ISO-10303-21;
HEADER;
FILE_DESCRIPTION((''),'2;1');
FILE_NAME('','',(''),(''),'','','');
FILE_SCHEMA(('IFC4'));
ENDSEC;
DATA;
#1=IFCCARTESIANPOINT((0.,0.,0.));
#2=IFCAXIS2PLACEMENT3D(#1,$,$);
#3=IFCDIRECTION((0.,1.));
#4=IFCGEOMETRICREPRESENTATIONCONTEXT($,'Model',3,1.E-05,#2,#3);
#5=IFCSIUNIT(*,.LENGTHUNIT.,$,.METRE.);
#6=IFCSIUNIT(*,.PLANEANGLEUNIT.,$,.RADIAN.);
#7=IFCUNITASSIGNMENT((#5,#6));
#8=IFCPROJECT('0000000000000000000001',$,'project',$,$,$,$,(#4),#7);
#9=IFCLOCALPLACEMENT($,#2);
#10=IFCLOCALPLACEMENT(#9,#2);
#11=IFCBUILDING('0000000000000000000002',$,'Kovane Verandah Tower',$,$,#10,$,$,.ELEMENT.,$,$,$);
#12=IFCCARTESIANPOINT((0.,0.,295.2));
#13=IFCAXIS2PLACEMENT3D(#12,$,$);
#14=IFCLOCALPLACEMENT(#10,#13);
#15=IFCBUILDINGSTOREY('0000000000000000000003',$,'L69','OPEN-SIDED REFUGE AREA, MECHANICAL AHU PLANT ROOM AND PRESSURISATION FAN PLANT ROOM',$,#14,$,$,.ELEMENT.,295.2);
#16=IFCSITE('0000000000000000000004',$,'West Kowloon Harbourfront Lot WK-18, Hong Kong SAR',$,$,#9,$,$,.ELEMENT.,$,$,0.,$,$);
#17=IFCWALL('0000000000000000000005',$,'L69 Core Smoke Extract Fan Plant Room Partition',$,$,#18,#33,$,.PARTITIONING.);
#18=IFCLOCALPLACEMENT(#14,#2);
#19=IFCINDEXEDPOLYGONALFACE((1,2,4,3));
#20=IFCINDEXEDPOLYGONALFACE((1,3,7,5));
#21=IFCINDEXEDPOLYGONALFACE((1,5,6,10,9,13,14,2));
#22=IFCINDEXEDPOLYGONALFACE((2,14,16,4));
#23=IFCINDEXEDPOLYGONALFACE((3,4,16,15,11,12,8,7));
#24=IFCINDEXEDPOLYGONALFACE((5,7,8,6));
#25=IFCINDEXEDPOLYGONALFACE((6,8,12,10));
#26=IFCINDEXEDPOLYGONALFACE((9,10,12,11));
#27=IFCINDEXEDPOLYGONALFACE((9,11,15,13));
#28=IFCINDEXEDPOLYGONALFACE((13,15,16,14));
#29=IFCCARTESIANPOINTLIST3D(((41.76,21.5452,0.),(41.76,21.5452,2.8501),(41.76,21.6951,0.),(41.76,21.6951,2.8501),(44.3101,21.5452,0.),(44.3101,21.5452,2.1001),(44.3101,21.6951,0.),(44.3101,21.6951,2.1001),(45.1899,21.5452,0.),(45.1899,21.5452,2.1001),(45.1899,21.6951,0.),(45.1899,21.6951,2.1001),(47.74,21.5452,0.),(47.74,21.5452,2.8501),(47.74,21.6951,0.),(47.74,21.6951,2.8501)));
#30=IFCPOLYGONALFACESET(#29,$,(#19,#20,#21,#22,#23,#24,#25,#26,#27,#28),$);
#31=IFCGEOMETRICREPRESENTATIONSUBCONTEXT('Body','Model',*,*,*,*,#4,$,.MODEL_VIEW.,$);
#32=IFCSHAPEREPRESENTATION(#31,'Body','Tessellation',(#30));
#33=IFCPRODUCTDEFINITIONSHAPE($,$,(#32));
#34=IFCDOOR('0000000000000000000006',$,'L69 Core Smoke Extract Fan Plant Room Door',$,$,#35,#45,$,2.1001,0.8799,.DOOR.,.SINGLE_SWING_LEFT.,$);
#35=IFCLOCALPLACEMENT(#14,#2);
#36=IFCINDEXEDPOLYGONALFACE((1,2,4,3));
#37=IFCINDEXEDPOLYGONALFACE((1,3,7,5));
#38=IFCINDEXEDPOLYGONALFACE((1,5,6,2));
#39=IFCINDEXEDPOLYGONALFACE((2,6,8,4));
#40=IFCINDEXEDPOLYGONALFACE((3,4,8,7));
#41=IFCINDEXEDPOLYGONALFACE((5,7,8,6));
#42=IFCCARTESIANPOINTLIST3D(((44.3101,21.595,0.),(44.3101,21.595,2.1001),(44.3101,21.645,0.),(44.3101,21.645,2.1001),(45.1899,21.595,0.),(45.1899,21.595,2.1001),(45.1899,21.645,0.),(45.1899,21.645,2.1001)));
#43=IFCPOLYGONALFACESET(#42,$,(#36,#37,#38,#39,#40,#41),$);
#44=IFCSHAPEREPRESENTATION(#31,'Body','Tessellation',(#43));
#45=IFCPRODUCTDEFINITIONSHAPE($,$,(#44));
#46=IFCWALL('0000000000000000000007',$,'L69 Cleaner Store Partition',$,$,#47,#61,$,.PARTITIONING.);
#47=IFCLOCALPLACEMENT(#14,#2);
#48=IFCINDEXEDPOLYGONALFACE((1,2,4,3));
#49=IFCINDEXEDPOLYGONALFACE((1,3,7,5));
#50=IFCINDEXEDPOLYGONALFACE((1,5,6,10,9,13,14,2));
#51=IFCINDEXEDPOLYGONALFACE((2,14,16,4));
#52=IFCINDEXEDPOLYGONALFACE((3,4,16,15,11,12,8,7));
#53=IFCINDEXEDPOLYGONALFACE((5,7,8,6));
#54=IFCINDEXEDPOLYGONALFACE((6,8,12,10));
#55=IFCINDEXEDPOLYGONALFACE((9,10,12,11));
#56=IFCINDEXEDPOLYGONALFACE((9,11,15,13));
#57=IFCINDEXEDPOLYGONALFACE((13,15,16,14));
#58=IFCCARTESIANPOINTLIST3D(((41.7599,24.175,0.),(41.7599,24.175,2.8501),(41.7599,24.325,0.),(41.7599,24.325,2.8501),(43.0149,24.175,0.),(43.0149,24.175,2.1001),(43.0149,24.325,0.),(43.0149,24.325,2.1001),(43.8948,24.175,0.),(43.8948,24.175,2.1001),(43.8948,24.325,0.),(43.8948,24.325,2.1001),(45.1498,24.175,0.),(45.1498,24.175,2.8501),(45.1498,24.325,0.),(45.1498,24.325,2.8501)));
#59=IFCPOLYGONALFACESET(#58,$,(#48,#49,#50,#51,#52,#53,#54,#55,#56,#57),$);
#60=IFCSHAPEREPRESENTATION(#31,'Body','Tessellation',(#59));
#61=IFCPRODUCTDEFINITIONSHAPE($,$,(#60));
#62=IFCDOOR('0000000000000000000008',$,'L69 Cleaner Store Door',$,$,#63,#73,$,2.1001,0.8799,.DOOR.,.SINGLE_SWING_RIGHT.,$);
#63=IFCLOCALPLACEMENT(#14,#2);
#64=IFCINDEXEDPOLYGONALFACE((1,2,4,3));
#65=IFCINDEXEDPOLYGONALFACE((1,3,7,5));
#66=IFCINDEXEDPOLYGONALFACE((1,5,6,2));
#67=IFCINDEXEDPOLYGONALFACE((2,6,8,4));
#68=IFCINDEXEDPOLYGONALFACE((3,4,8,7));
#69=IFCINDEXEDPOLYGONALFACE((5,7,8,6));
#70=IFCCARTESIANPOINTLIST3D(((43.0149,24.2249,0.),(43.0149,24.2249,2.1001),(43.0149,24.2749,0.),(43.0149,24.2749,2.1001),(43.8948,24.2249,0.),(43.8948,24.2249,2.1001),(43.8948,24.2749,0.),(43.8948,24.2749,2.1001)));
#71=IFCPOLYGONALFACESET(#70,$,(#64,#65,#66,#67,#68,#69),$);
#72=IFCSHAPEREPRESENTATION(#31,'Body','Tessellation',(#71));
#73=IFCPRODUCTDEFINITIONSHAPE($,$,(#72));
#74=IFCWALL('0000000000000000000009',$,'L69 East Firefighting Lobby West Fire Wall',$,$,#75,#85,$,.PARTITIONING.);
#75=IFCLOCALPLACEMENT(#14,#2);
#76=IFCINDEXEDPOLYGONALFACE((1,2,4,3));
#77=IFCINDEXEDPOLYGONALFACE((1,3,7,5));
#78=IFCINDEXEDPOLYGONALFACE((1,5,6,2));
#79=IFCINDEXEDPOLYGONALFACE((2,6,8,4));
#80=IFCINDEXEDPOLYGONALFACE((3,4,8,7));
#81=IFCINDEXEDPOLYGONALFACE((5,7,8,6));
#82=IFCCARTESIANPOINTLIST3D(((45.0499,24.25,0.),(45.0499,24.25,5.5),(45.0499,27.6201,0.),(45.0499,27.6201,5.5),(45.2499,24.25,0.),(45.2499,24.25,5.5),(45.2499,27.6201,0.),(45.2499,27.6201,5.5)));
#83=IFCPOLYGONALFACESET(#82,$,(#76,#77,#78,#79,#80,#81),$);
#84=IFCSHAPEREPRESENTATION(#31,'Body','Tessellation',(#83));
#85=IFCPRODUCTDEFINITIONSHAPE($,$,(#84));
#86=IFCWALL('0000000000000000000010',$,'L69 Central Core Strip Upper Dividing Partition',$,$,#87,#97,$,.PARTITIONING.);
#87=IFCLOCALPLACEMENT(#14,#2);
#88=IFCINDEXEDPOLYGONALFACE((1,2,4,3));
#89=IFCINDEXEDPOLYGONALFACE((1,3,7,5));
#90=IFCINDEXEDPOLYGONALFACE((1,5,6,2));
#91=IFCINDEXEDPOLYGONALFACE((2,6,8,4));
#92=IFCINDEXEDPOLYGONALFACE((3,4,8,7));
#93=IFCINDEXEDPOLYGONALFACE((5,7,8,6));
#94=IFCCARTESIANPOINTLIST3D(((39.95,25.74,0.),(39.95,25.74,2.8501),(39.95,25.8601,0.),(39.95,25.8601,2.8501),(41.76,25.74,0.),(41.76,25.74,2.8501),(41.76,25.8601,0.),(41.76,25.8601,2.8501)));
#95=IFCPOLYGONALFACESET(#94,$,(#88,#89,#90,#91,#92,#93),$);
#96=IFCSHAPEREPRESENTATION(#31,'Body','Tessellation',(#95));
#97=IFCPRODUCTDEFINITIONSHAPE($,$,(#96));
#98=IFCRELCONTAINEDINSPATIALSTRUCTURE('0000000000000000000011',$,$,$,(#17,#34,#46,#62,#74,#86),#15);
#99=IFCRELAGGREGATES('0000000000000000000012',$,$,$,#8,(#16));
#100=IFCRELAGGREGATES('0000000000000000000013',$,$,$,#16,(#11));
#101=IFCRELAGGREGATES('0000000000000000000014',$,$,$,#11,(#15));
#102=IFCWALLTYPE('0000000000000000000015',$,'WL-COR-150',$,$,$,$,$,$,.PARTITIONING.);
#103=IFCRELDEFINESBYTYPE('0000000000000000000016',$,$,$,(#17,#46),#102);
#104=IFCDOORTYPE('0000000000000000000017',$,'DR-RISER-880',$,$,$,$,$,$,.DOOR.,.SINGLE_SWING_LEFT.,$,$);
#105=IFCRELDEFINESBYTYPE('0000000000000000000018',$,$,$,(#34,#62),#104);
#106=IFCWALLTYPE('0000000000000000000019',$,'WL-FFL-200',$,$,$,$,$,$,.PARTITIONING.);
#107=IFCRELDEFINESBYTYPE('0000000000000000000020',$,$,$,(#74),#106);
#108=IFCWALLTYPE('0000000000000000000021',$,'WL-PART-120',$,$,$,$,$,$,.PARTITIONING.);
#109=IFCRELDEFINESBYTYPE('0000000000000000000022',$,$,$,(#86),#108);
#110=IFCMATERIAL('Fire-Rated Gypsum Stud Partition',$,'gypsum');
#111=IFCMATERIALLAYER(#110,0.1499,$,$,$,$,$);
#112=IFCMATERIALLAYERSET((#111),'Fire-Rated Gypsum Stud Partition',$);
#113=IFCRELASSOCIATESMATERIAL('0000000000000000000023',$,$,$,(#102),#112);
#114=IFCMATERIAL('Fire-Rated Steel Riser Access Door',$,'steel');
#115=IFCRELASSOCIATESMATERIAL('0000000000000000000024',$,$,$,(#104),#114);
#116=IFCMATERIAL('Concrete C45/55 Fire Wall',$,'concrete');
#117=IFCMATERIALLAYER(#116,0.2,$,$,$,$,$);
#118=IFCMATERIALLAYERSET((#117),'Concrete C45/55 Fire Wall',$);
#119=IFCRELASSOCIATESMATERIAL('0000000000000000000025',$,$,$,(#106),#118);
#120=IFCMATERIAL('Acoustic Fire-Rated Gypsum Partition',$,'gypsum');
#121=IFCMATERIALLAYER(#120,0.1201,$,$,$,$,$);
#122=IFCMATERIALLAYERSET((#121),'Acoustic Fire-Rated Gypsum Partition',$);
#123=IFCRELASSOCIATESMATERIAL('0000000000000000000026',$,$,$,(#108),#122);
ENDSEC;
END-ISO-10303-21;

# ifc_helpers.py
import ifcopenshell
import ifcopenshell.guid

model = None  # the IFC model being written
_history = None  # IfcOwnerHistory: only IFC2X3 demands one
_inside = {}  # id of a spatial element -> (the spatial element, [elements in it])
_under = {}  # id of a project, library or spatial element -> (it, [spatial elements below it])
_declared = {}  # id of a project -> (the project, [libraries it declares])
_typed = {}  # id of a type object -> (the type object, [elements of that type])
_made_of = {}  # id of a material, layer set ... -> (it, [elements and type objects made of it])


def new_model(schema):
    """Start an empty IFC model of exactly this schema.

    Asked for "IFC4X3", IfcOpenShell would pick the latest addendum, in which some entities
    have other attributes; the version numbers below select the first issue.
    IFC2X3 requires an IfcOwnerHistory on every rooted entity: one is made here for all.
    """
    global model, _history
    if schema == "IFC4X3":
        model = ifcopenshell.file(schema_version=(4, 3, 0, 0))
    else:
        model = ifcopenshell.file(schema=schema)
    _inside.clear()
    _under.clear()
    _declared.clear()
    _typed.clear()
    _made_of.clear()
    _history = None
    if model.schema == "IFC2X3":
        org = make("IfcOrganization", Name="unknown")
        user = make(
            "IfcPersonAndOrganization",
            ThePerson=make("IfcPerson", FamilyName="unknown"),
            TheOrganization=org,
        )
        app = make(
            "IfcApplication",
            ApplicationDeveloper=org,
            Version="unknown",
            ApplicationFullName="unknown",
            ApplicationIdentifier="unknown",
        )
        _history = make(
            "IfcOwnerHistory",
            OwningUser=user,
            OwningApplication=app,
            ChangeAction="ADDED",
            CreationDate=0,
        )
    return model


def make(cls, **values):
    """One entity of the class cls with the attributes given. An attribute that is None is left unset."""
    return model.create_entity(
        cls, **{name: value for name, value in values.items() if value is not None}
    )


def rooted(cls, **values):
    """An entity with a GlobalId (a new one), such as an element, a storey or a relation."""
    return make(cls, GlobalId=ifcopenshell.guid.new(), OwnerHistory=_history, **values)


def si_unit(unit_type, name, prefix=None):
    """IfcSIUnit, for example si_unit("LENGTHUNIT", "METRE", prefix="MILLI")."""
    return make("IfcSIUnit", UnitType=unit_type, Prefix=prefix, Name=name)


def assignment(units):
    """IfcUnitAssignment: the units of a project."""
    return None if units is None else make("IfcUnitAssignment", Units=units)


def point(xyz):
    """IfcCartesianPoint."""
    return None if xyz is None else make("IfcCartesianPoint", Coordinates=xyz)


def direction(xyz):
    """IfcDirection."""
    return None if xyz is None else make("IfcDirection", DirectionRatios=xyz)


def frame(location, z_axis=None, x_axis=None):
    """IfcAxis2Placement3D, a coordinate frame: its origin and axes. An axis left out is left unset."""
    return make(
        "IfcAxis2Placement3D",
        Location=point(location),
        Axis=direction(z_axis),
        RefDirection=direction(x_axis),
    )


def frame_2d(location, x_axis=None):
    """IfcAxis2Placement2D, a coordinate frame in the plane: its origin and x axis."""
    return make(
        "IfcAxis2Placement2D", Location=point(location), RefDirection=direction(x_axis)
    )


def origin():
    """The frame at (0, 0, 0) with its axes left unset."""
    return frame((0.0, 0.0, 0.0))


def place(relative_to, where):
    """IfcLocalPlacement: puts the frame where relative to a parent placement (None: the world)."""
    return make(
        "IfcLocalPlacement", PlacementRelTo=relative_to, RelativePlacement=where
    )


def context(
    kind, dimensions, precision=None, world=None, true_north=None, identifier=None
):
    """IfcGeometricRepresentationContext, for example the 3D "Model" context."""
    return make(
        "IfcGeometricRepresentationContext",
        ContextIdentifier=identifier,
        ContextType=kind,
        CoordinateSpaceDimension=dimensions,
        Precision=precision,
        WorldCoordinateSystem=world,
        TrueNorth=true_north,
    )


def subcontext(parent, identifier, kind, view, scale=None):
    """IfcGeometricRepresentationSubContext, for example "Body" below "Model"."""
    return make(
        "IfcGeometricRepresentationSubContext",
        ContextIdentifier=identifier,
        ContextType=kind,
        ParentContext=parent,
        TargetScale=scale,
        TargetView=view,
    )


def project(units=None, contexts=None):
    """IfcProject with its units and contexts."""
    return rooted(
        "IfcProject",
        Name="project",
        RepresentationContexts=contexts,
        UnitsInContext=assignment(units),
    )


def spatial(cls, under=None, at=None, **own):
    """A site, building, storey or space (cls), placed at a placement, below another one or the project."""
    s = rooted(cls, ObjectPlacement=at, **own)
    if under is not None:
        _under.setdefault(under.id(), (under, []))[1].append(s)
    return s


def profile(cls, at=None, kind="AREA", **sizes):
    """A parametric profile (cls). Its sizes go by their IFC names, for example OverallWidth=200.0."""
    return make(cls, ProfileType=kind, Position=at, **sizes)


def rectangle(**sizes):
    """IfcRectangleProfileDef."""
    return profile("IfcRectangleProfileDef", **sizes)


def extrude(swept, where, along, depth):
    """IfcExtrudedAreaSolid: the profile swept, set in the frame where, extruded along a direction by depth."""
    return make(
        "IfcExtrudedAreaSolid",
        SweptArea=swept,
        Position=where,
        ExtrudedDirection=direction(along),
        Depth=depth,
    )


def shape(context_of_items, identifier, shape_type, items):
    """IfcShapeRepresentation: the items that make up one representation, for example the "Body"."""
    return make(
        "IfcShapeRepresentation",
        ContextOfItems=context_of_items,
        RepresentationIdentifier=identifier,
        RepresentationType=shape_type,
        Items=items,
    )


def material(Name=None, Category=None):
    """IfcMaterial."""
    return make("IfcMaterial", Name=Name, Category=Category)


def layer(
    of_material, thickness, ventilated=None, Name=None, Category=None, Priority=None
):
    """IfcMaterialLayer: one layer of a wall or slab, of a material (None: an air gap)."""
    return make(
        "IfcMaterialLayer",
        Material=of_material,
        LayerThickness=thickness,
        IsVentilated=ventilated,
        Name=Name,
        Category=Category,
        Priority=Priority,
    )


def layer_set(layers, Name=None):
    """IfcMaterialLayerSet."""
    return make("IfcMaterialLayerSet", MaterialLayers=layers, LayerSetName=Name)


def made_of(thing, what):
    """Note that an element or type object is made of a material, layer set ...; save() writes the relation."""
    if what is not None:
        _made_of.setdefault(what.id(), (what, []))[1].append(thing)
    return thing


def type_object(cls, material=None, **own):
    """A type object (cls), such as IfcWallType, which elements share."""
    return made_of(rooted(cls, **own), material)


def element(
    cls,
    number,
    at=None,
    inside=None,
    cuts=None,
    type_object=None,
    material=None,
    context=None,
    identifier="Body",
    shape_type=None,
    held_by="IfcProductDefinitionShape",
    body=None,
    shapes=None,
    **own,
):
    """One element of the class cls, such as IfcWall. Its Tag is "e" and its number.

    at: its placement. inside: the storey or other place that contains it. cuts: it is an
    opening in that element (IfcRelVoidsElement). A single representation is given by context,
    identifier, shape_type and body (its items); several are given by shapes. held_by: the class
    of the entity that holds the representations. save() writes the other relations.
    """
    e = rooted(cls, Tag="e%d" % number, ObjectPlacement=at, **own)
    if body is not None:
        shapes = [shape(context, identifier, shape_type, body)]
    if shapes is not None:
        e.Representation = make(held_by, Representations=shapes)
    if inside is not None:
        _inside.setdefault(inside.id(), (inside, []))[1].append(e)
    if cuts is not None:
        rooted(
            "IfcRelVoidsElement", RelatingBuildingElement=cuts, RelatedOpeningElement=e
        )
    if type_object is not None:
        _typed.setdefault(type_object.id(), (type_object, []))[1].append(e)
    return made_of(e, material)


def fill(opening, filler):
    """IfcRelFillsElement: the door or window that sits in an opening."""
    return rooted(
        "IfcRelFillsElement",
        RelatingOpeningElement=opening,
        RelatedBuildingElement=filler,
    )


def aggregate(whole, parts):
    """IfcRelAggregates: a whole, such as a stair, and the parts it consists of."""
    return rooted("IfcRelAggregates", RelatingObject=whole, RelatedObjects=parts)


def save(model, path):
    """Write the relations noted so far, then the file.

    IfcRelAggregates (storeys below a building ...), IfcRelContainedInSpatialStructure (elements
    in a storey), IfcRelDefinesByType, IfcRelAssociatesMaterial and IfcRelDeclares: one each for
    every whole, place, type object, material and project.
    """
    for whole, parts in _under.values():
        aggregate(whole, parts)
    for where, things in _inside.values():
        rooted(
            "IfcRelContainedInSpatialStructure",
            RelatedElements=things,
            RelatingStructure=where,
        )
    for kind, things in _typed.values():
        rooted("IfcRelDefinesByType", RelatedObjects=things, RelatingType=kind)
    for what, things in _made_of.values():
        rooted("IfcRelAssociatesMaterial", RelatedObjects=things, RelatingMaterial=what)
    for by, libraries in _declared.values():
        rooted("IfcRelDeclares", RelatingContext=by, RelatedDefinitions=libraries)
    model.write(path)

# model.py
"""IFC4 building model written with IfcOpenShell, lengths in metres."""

from ifc_helpers import new_model, si_unit, direction, frame, frame_2d, origin, place, context, subcontext, project, spatial, rectangle, extrude, material, layer, layer_set, type_object, element, fill, save


model = new_model("IFC4")

# Units and contexts
model_context = context("Model", 3, precision=1e-05, world=origin(), true_north=direction((0.0, 1.0)))
body_context = subcontext(model_context, "Body", "Model", "MODEL_VIEW")
ifc_project = project(units=[si_unit("LENGTHUNIT", "METRE"), si_unit("PLANEANGLEUNIT", "RADIAN")], contexts=[model_context])

# Site, building, storey
site_placement = place(None, origin())
site = spatial("IfcSite", under=ifc_project, at=site_placement, Name="West Kowloon Harbourfront Lot WK-18, Hong Kong SAR", CompositionType="ELEMENT", RefElevation=0.0)
building_placement = place(site_placement, origin())
building = spatial("IfcBuilding", under=site, at=building_placement, Name="Kovane Verandah Tower", CompositionType="ELEMENT")
storey_placement = place(building_placement, frame((0.0, 0.0, 295.2)))
storey = spatial("IfcBuildingStorey", under=building, at=storey_placement, Name="L69", Description="OPEN-SIDED REFUGE AREA, MECHANICAL AHU PLANT ROOM AND PRESSURISATION FAN PLANT ROOM", CompositionType="ELEMENT", Elevation=295.2)

# Shared definitions
ifc_material_1 = material(Name="Fire-Rated Gypsum Stud Partition", Category="gypsum")
ifc_layer_1 = layer(ifc_material_1, 0.1499)
ifc_layer_set_1 = layer_set([ifc_layer_1], Name="Fire-Rated Gypsum Stud Partition")
wall_type_1 = type_object("IfcWallType", Name="WL-COR-150", PredefinedType="PARTITIONING", material=ifc_layer_set_1)

# Walls, openings, doors
wall_1_placement = place(storey_placement, frame((41.76, 21.6201, 0.0), z_axis=(0.0, 0.0, 1.0), x_axis=(1.0, 0.0, 0.0)))
wall_1 = element("IfcWall", 1, at=wall_1_placement, inside=storey, type_object=wall_type_1, Name="L69 Core Smoke Extract Fan Plant Room Partition", PredefinedType="PARTITIONING", context=body_context, shape_type="SweptSolid", body=[
    extrude(rectangle(XDim=5.98, YDim=0.1499, at=frame_2d((2.99, 0.0))), origin(), (0.0, 0.0, 1.0), 2.8501),
])
opening_1_placement = place(wall_1_placement, frame((2.55, 0.0, 0.0)))
opening_1 = element("IfcOpeningElement", 2, at=opening_1_placement, cuts=wall_1, PredefinedType="OPENING", context=body_context, shape_type="SweptSolid", body=[
    extrude(rectangle(XDim=0.8799, YDim=2.1001, at=frame_2d((0.4399, 1.05))), frame((0.0, 0.075, 0.0), z_axis=(0.0, -1.0, 0.0), x_axis=(1.0, 0.0, 0.0)), (0.0, 0.0, 1.0), 0.1499),
])
ifc_material_2 = material(Name="Fire-Rated Steel Riser Access Door", Category="steel")
door_type_1 = type_object("IfcDoorType", Name="DR-RISER-880", OperationType="SINGLE_SWING_LEFT", PredefinedType="DOOR", material=ifc_material_2)
door_1_placement = place(opening_1_placement, origin())
door_1 = element("IfcDoor", 3, at=door_1_placement, inside=storey, type_object=door_type_1, Name="L69 Core Smoke Extract Fan Plant Room Door", OperationType="SINGLE_SWING_LEFT", OverallHeight=2.1001, OverallWidth=0.8799, PredefinedType="DOOR", context=body_context, shape_type="SweptSolid", body=[
    extrude(rectangle(XDim=0.8799, YDim=2.1001, at=frame_2d((0.4399, 1.05))), frame((0.0, 0.0249, 0.0), z_axis=(0.0, -1.0, 0.0), x_axis=(1.0, 0.0, 0.0)), (0.0, 0.0, 1.0), 0.05),
])
fill(opening_1, door_1)
wall_2_placement = place(storey_placement, frame((41.76, 24.25, 0.0), z_axis=(0.0, 0.0, 1.0), x_axis=(1.0, 0.0, 0.0)))
wall_2 = element("IfcWall", 4, at=wall_2_placement, inside=storey, type_object=wall_type_1, Name="L69 Cleaner Store Partition", PredefinedType="PARTITIONING", context=body_context, shape_type="SweptSolid", body=[
    extrude(rectangle(XDim=3.3899, YDim=0.1499, at=frame_2d((1.6948, 0.0))), origin(), (0.0, 0.0, 1.0), 2.8501),
])
opening_2_placement = place(wall_2_placement, frame((1.2549, 0.0, 0.0)))
opening_2 = element("IfcOpeningElement", 5, at=opening_2_placement, cuts=wall_2, PredefinedType="OPENING", context=body_context, shape_type="SweptSolid", body=[
    extrude(rectangle(XDim=0.8799, YDim=2.1001, at=frame_2d((0.4399, 1.05))), frame((0.0, 0.075, 0.0), z_axis=(0.0, -1.0, 0.0), x_axis=(1.0, 0.0, 0.0)), (0.0, 0.0, 1.0), 0.1499),
])
door_2_placement = place(opening_2_placement, origin())
door_2 = element("IfcDoor", 6, at=door_2_placement, inside=storey, type_object=door_type_1, Name="L69 Cleaner Store Door", OperationType="SINGLE_SWING_RIGHT", OverallHeight=2.1001, OverallWidth=0.8799, PredefinedType="DOOR", context=body_context, shape_type="SweptSolid", body=[
    extrude(rectangle(XDim=0.8799, YDim=2.1001, at=frame_2d((0.4399, 1.05))), frame((0.0, 0.0249, 0.0), z_axis=(0.0, -1.0, 0.0), x_axis=(1.0, 0.0, 0.0)), (0.0, 0.0, 1.0), 0.05),
])
fill(opening_2, door_2)

# Walls
ifc_material_3 = material(Name="Concrete C45/55 Fire Wall", Category="concrete")
ifc_layer_2 = layer(ifc_material_3, 0.2)
ifc_layer_set_2 = layer_set([ifc_layer_2], Name="Concrete C45/55 Fire Wall")
wall_type_2 = type_object("IfcWallType", Name="WL-FFL-200", PredefinedType="PARTITIONING", material=ifc_layer_set_2)
wall_3_placement = place(storey_placement, frame((45.1499, 24.25, 0.0), z_axis=(0.0, 0.0, 1.0), x_axis=(0.0, 1.0, 0.0)))
element("IfcWall", 7, at=wall_3_placement, inside=storey, type_object=wall_type_2, Name="L69 East Firefighting Lobby West Fire Wall", PredefinedType="PARTITIONING", context=body_context, shape_type="SweptSolid", body=[
    extrude(rectangle(XDim=3.3701, YDim=0.2, at=frame_2d((1.6851, 0.0))), origin(), (0.0, 0.0, 1.0), 5.5),
])
ifc_material_4 = material(Name="Acoustic Fire-Rated Gypsum Partition", Category="gypsum")
ifc_layer_3 = layer(ifc_material_4, 0.1201)
ifc_layer_set_3 = layer_set([ifc_layer_3], Name="Acoustic Fire-Rated Gypsum Partition")
wall_type_3 = type_object("IfcWallType", Name="WL-PART-120", PredefinedType="PARTITIONING", material=ifc_layer_set_3)
wall_4_placement = place(storey_placement, frame((39.95, 25.8, 0.0), z_axis=(0.0, 0.0, 1.0), x_axis=(1.0, 0.0, 0.0)))
element("IfcWall", 8, at=wall_4_placement, inside=storey, type_object=wall_type_3, Name="L69 Central Core Strip Upper Dividing Partition", PredefinedType="PARTITIONING", context=body_context, shape_type="SweptSolid", body=[
    extrude(rectangle(XDim=1.8101, YDim=0.1201, at=frame_2d((0.905, 0.0))), origin(), (0.0, 0.0, 1.0), 2.8501),
])

save(model, "model.ifc")
